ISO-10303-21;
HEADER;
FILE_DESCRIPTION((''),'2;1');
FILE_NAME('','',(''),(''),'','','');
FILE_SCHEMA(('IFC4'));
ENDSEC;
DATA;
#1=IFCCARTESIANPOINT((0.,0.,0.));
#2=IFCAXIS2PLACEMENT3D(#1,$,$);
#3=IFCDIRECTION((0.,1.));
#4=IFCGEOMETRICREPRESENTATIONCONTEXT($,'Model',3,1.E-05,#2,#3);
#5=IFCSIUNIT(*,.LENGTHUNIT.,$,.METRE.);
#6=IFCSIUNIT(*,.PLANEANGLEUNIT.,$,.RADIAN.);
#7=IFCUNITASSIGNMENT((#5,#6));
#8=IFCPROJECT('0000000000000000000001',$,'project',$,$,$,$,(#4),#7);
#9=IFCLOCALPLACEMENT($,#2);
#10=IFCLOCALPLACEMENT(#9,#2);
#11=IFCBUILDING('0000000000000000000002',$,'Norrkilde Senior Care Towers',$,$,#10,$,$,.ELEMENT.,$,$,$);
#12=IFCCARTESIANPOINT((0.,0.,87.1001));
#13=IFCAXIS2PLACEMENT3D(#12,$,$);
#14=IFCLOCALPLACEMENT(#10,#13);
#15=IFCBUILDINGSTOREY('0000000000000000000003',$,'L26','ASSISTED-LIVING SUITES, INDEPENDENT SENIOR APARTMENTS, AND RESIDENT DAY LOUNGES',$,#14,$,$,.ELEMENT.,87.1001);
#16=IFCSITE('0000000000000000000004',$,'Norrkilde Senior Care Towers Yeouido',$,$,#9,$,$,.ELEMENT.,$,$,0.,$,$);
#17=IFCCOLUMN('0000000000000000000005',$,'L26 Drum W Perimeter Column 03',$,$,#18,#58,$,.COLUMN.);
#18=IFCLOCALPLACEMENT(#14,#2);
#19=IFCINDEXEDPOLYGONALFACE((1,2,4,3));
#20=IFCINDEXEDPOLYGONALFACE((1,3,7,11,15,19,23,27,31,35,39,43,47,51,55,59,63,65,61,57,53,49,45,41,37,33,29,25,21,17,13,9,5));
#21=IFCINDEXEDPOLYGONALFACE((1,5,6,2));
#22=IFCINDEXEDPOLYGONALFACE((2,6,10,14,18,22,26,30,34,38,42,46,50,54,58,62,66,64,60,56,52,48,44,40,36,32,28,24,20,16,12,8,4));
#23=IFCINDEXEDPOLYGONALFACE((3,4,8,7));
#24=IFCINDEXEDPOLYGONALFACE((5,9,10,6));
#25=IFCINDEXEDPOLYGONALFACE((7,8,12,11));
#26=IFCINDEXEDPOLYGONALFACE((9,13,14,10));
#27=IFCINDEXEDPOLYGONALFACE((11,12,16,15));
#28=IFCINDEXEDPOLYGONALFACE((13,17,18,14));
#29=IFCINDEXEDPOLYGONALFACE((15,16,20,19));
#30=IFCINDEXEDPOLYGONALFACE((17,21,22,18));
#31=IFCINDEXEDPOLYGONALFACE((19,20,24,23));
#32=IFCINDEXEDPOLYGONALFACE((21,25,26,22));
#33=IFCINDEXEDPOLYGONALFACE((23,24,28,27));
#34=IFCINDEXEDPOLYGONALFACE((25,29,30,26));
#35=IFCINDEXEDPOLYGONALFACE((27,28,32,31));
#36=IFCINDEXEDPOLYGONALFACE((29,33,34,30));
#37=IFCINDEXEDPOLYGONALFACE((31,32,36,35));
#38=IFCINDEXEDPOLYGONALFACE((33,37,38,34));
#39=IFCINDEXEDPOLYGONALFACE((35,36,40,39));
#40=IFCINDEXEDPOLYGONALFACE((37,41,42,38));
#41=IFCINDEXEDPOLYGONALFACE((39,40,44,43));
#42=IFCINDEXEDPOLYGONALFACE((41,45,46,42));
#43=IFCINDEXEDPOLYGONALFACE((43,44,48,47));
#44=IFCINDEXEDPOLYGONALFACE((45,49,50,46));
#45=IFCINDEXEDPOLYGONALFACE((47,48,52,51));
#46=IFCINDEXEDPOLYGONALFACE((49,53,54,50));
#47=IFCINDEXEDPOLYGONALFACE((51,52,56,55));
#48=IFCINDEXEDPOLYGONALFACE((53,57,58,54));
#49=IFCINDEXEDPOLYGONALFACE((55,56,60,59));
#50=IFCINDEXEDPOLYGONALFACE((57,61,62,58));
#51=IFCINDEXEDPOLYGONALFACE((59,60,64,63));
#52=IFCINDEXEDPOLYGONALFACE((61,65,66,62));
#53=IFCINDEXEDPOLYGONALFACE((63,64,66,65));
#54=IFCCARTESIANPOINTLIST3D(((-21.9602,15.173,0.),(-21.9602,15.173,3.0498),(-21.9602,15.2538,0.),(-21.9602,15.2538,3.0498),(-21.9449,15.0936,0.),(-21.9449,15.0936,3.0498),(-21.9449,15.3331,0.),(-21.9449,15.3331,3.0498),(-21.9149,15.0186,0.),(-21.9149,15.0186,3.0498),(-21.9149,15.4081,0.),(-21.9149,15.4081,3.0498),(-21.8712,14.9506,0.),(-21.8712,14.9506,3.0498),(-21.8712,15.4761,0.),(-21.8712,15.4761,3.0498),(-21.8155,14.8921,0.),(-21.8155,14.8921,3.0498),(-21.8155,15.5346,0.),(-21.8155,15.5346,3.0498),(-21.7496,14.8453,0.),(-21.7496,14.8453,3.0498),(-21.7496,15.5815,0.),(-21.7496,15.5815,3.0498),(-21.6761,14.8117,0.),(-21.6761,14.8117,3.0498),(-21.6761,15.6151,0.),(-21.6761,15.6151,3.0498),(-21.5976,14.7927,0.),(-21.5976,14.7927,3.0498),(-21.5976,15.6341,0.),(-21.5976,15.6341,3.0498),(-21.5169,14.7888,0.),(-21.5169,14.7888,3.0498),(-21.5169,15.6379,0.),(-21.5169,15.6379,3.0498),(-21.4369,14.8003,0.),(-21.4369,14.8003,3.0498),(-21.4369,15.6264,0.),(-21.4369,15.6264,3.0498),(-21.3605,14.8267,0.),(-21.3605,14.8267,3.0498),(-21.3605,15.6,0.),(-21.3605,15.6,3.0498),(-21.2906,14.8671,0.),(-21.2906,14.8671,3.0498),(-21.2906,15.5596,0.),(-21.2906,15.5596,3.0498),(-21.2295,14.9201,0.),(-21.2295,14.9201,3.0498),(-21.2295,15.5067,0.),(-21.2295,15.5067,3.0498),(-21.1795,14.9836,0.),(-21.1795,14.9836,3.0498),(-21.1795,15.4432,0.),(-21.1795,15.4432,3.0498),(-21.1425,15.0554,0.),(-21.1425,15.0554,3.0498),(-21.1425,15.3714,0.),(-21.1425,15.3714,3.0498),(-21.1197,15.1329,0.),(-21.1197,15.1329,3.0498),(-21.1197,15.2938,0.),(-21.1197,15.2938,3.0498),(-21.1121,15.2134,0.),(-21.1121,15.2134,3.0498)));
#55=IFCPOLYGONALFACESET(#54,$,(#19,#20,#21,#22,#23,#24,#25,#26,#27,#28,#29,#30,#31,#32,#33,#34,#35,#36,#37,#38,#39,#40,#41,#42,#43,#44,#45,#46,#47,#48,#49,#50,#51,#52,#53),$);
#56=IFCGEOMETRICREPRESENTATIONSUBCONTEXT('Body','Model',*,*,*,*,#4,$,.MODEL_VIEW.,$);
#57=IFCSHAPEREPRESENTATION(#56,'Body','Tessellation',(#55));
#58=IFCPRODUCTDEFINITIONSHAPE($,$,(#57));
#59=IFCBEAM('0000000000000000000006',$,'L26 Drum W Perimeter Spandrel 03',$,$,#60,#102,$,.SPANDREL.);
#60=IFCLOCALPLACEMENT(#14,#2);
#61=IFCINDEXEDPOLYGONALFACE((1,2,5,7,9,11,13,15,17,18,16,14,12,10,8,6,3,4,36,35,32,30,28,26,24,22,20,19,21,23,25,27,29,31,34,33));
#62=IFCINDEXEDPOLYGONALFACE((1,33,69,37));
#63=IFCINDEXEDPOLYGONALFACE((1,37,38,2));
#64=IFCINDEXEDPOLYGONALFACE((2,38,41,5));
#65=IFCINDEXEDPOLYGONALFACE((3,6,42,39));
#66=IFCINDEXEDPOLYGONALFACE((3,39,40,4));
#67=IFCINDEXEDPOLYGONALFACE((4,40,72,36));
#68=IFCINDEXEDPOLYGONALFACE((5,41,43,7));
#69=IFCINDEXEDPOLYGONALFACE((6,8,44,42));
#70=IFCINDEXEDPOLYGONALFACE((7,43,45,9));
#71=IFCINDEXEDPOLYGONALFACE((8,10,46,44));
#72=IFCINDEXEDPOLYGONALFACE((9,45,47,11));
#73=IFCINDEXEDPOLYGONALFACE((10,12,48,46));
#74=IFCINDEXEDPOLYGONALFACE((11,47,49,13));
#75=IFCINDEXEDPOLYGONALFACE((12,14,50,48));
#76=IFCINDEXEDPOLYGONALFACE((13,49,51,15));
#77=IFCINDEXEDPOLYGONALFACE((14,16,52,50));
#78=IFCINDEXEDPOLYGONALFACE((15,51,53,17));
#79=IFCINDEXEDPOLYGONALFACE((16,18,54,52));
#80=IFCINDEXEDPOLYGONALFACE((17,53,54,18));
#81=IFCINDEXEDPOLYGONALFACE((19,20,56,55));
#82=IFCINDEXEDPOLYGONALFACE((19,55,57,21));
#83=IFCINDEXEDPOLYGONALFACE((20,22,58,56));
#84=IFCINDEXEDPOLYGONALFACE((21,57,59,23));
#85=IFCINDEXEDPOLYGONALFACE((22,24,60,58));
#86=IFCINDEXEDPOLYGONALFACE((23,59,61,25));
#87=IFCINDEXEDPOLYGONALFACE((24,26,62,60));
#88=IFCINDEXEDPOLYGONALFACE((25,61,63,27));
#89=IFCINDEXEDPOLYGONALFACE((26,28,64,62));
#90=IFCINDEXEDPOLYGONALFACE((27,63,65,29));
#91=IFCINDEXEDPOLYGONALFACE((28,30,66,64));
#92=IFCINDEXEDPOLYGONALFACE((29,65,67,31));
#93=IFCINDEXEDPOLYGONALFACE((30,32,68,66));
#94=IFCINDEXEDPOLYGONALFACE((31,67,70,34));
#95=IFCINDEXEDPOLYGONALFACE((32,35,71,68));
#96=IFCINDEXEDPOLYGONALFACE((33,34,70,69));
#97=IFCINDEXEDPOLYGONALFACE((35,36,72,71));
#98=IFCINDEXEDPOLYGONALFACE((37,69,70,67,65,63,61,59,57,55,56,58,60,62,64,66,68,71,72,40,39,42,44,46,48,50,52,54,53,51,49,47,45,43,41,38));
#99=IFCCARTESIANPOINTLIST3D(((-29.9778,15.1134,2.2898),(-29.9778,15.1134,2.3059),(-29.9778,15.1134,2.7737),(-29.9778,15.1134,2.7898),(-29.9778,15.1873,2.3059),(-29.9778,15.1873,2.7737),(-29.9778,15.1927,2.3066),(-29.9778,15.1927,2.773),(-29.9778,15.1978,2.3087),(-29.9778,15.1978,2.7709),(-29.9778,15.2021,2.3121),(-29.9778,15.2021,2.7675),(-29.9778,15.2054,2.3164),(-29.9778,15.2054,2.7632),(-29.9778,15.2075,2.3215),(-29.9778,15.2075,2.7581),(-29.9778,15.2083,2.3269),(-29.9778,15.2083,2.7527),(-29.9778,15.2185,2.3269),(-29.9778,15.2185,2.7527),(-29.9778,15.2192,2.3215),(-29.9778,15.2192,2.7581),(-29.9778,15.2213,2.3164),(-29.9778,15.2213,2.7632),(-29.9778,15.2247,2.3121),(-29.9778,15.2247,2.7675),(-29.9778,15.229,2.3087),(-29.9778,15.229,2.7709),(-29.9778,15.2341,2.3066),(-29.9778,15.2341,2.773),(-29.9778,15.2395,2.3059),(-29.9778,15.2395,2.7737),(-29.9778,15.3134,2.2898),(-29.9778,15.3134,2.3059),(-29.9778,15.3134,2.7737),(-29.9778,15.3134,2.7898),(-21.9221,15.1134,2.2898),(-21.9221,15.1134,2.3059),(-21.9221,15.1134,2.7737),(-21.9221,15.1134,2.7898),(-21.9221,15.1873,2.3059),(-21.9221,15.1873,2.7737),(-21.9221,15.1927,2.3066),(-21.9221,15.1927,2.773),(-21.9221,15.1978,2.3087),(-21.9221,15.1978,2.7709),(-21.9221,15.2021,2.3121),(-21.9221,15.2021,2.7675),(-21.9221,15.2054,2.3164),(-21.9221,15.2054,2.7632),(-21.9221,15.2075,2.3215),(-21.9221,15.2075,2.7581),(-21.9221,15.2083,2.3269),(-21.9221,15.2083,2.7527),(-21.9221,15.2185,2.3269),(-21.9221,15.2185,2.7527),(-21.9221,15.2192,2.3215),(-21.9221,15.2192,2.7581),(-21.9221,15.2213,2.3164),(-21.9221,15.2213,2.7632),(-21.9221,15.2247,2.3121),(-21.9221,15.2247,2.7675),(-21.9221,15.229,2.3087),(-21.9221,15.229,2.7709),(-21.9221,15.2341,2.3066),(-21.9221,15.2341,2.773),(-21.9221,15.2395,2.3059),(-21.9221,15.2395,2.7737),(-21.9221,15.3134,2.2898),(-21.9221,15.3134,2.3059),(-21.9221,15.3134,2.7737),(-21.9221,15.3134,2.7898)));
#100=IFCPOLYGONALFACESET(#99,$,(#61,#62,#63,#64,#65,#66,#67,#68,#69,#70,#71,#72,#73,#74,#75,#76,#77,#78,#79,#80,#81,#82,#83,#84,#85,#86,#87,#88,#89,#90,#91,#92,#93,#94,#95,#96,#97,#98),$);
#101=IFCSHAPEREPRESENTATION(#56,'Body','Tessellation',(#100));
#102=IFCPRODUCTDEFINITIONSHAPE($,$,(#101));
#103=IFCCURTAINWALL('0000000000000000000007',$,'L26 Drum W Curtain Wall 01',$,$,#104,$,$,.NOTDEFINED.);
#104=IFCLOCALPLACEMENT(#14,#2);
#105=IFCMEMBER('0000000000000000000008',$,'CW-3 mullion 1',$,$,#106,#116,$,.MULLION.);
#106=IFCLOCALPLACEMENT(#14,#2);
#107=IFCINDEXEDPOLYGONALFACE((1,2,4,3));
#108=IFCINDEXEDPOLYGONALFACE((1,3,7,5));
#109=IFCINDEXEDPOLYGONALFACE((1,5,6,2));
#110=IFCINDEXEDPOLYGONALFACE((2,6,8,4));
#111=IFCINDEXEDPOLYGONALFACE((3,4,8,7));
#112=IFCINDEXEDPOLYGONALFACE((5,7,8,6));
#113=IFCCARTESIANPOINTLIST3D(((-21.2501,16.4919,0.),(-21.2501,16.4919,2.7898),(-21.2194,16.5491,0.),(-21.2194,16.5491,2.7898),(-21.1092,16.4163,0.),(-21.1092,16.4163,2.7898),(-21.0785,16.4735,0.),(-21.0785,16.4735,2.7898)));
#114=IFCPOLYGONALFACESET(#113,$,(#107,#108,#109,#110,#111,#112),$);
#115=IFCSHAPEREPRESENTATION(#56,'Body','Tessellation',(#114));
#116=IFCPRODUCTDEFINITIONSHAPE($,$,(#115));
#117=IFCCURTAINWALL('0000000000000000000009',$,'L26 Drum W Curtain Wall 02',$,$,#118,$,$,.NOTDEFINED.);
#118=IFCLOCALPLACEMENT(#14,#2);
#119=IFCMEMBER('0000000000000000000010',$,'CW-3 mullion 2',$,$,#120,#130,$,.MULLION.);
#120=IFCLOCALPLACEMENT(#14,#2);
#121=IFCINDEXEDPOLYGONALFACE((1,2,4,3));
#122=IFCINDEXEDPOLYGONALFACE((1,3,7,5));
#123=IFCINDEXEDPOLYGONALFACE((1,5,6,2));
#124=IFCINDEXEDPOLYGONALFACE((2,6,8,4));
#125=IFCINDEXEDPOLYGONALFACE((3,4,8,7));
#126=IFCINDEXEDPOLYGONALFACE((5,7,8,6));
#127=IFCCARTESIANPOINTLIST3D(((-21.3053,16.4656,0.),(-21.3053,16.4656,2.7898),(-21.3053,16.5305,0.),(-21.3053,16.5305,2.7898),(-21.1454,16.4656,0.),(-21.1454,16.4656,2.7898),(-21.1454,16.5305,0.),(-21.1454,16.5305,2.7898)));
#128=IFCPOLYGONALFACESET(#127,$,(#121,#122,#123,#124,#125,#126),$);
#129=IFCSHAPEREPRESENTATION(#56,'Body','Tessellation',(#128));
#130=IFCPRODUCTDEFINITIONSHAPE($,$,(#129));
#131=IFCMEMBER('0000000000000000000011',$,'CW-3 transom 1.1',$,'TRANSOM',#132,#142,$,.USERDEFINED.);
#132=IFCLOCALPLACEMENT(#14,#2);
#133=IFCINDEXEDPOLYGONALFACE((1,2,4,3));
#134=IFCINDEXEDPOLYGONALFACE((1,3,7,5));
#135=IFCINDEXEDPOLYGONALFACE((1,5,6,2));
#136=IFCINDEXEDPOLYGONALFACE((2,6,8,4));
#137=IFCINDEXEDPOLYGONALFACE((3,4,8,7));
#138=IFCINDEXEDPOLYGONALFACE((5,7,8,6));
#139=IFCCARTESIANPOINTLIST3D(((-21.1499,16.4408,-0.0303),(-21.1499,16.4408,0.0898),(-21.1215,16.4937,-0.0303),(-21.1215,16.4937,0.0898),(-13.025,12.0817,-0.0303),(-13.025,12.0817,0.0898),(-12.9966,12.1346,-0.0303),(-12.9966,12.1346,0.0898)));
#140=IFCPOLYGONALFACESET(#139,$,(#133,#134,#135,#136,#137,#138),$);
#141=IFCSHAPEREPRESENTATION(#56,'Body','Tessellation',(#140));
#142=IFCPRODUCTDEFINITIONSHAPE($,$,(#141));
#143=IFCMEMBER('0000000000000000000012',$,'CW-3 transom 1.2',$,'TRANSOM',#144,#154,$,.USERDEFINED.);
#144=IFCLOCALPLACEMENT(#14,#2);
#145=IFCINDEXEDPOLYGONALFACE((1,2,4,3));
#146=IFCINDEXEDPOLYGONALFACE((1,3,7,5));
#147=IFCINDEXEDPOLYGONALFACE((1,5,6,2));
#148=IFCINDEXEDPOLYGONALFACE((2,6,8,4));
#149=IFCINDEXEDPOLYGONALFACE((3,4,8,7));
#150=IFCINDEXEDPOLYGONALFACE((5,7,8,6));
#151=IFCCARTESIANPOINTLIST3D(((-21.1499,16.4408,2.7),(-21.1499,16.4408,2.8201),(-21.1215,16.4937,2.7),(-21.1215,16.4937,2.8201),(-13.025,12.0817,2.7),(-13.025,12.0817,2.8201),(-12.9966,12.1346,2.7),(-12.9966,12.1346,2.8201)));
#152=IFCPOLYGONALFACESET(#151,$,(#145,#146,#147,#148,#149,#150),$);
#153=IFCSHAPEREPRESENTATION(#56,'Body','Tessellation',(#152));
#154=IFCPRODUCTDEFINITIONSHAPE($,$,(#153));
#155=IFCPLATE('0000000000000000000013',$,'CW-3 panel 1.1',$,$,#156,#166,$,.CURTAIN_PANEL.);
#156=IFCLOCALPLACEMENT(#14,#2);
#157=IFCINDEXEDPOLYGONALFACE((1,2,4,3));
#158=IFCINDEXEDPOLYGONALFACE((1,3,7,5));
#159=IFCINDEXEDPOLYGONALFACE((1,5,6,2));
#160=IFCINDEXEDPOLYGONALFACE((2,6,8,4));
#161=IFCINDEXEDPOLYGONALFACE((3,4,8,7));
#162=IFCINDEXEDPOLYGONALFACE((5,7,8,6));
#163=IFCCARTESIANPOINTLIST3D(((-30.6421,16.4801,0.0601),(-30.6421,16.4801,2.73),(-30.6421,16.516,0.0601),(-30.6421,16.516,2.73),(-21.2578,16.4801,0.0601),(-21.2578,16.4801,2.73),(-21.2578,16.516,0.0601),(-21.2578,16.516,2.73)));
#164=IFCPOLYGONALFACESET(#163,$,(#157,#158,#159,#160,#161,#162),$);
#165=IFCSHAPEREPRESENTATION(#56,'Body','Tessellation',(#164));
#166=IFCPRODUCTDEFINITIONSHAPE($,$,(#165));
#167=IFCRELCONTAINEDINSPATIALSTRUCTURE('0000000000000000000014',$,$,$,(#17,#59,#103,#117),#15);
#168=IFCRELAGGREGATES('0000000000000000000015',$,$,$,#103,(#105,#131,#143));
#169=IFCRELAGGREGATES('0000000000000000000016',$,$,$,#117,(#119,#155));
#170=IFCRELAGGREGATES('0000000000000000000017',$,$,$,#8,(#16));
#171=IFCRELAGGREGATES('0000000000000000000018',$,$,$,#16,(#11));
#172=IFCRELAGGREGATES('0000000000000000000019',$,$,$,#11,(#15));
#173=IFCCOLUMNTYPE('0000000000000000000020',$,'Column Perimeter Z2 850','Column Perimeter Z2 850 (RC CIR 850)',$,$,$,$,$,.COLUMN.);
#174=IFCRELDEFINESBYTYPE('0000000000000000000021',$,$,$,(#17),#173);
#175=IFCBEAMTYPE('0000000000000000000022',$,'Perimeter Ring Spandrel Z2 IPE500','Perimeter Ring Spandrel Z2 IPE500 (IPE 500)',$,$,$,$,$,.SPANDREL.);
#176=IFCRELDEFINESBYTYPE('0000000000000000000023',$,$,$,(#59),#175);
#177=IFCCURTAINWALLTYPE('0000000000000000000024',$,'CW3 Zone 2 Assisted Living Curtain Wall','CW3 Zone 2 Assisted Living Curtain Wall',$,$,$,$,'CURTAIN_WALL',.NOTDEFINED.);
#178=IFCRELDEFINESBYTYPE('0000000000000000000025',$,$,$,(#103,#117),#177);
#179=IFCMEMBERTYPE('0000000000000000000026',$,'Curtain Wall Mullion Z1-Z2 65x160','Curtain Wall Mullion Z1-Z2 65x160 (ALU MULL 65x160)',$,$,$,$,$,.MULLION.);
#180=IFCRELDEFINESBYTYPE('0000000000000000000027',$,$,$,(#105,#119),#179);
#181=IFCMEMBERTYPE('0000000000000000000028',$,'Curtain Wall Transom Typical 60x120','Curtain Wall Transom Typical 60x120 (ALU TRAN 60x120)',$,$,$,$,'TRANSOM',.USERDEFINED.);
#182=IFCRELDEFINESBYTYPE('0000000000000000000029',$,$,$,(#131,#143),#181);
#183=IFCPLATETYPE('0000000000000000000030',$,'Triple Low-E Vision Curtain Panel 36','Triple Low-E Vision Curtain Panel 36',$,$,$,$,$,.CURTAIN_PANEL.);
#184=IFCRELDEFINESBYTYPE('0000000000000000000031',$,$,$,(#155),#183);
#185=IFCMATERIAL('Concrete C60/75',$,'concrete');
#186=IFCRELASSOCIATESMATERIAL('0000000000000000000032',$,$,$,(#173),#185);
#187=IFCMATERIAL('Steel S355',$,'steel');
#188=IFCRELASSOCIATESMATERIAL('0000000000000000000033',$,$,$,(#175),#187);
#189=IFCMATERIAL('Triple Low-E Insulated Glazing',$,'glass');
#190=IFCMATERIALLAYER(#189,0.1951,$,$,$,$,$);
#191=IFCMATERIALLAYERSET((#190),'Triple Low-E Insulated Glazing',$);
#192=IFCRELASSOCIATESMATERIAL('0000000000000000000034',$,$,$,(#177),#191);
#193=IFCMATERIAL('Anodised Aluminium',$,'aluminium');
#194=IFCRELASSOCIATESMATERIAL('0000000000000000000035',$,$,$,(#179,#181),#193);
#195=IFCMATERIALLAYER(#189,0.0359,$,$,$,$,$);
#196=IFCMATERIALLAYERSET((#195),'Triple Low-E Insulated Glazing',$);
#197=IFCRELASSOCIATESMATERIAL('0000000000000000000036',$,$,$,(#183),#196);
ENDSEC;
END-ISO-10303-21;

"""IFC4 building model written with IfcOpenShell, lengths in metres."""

from ifc_helpers import new_model, si_unit, direction, frame, origin, origin_2d, place, context, subcontext, project, spatial, rectangle, circle, i_section, extrude, source, transform, mapped, material, layer, layer_set, material_profile, profile_set, type_object, type_shapes, element, aggregate, save


model = new_model("IFC4")

# Units and contexts
model_context = context("Model", 3, precision=1e-05, world=origin(), true_north=direction((0.0, 1.0)))
body_context = subcontext(model_context, "Body", "Model", "MODEL_VIEW")
ifc_project = project(units=[si_unit("LENGTHUNIT", "METRE"), si_unit("PLANEANGLEUNIT", "RADIAN")], contexts=[model_context])

# Site, building, storey
site_placement = place(None, origin())
site = spatial("IfcSite", under=ifc_project, at=site_placement, Name="Norrkilde Senior Care Towers Yeouido", CompositionType="ELEMENT", RefElevation=0.0)
building_placement = place(site_placement, origin())
building = spatial("IfcBuilding", under=site, at=building_placement, Name="Norrkilde Senior Care Towers", CompositionType="ELEMENT")
storey_placement = place(building_placement, frame((0.0, 0.0, 87.1001)))
storey = spatial("IfcBuildingStorey", under=building, at=storey_placement, Name="L26", Description="ASSISTED-LIVING SUITES, INDEPENDENT SENIOR APARTMENTS, AND RESIDENT DAY LOUNGES", CompositionType="ELEMENT", Elevation=87.1001)

# Column
ifc_material_1 = material(Name="Concrete C60/75", Category="concrete")
ifc_material_profile_1 = material_profile(ifc_material_1, circle(Radius=0.425, at=origin_2d()), Name="RC CIR 850")
ifc_profile_set_1 = profile_set([ifc_material_profile_1], Name="Concrete C60/75")
column_type = type_object("IfcColumnType", Name="Column Perimeter Z2 850", Description="Column Perimeter Z2 850 (RC CIR 850)", PredefinedType="COLUMN", material=ifc_profile_set_1)
shared_shape_1 = source(origin(), body_context, "Body", "SweptSolid", [
    extrude(circle(Radius=0.425, at=origin_2d()), origin(), (0.0, 0.0, 1.0), 3.0498),
])
type_shapes(column_type, [shared_shape_1])
column_placement = place(storey_placement, frame((-21.5371, 15.2134, 0.0), z_axis=(0.0, 0.0, 1.0), x_axis=(1.0, 0.0, 0.0)))
element("IfcColumn", 1, at=column_placement, inside=storey, type_object=column_type, Name="L26 Drum W Perimeter Column 03", PredefinedType="COLUMN", context=body_context, shape_type="MappedRepresentation", body=[
    mapped(shared_shape_1, transform((0.0, 0.0, 0.0), x_axis=(1.0, 0.0, 0.0), y_axis=(0.0, 1.0, 0.0), z_axis=(0.0, 0.0, 1.0), scale=1.0)),
])

# Beam
ifc_material_2 = material(Name="Steel S355", Category="steel")
ifc_material_profile_2 = material_profile(ifc_material_2, i_section(OverallWidth=0.2, OverallDepth=0.5, WebThickness=0.0103, FlangeThickness=0.0161, FilletRadius=0.021, at=origin_2d()), Name="IPE 500")
ifc_profile_set_2 = profile_set([ifc_material_profile_2], Name="Steel S355")
beam_type = type_object("IfcBeamType", Name="Perimeter Ring Spandrel Z2 IPE500", Description="Perimeter Ring Spandrel Z2 IPE500 (IPE 500)", PredefinedType="SPANDREL", material=ifc_profile_set_2)
shared_shape_2 = source(origin(), body_context, "Body", "SweptSolid", [
    extrude(i_section(OverallWidth=0.2, OverallDepth=0.5, WebThickness=0.0103, FlangeThickness=0.0161, FilletRadius=0.021, at=origin_2d()), origin(), (0.0, 0.0, 1.0), 8.0557),
])
type_shapes(beam_type, [shared_shape_2])
beam_placement = place(storey_placement, frame((-21.9221, 15.2134, 2.5398), z_axis=(-1.0, 0.0, 0.0), x_axis=(0.0, -1.0, 0.0)))
element("IfcBeam", 2, at=beam_placement, inside=storey, type_object=beam_type, Name="L26 Drum W Perimeter Spandrel 03", PredefinedType="SPANDREL", context=body_context, shape_type="MappedRepresentation", body=[
    mapped(shared_shape_2, transform((0.0, 0.0, 0.0), x_axis=(1.0, 0.0, 0.0), y_axis=(0.0, 1.0, 0.0), z_axis=(0.0, 0.0, 1.0), scale=1.0)),
])

# Curtain walls, members
ifc_material_3 = material(Name="Triple Low-E Insulated Glazing", Category="glass")
ifc_layer_1 = layer(ifc_material_3, 0.1951)
ifc_layer_set_1 = layer_set([ifc_layer_1], Name="Triple Low-E Insulated Glazing")
curtain_wall_type = type_object("IfcCurtainWallType", Name="CW3 Zone 2 Assisted Living Curtain Wall", Description="CW3 Zone 2 Assisted Living Curtain Wall", ElementType="CURTAIN_WALL", PredefinedType="NOTDEFINED", material=ifc_layer_set_1)
curtain_wall_1_placement = place(storey_placement, origin())
curtain_wall_1 = element("IfcCurtainWall", 3, at=curtain_wall_1_placement, inside=storey, type_object=curtain_wall_type, Name="L26 Drum W Curtain Wall 01", PredefinedType="NOTDEFINED")
ifc_material_4 = material(Name="Anodised Aluminium", Category="aluminium")
ifc_material_profile_3 = material_profile(ifc_material_4, rectangle(XDim=0.0649, YDim=0.1599, at=origin_2d()), Name="ALU MULL 65x160")
ifc_profile_set_3 = profile_set([ifc_material_profile_3], Name="Anodised Aluminium")
member_type_1 = type_object("IfcMemberType", Name="Curtain Wall Mullion Z1-Z2 65x160", Description="Curtain Wall Mullion Z1-Z2 65x160 (ALU MULL 65x160)", PredefinedType="MULLION", material=ifc_profile_set_3)
shared_shape_3 = source(origin(), body_context, "Body", "SweptSolid", [
    extrude(rectangle(XDim=0.0649, YDim=0.1599, at=origin_2d()), origin(), (0.0, 0.0, 1.0), 2.7898),
])
type_shapes(member_type_1, [shared_shape_3])
member_1_placement = place(storey_placement, frame((-21.1643, 16.4827, 0.0), z_axis=(0.0, 0.0, 1.0), x_axis=(0.472769, 0.881186, 0.0)))
member_1 = element("IfcMember", 4, at=member_1_placement, type_object=member_type_1, Name="CW-3 mullion 1", PredefinedType="MULLION", context=body_context, shape_type="MappedRepresentation", body=[
    mapped(shared_shape_3, transform((0.0, 0.0, 0.0), x_axis=(1.0, 0.0, 0.0), y_axis=(0.0, 1.0, 0.0), z_axis=(0.0, 0.0, 1.0), scale=1.0)),
])
curtain_wall_2_placement = place(storey_placement, origin())
curtain_wall_2 = element("IfcCurtainWall", 5, at=curtain_wall_2_placement, inside=storey, type_object=curtain_wall_type, Name="L26 Drum W Curtain Wall 02", PredefinedType="NOTDEFINED")
member_2_placement = place(storey_placement, frame((-21.2253, 16.498, 0.0), z_axis=(0.0, 0.0, 1.0), x_axis=(0.0, 1.0, 0.0)))
member_2 = element("IfcMember", 6, at=member_2_placement, type_object=member_type_1, Name="CW-3 mullion 2", PredefinedType="MULLION", context=body_context, shape_type="MappedRepresentation", body=[
    mapped(shared_shape_3, transform((0.0, 0.0, 0.0), x_axis=(1.0, 0.0, 0.0), y_axis=(0.0, 1.0, 0.0), z_axis=(0.0, 0.0, 1.0), scale=1.0)),
])

# Members
ifc_material_profile_4 = material_profile(ifc_material_4, rectangle(XDim=0.0601, YDim=0.1201, at=origin_2d()), Name="ALU TRAN 60x120")
ifc_profile_set_4 = profile_set([ifc_material_profile_4], Name="Anodised Aluminium")
member_type_2 = type_object("IfcMemberType", Name="Curtain Wall Transom Typical 60x120", Description="Curtain Wall Transom Typical 60x120 (ALU TRAN 60x120)", ElementType="TRANSOM", PredefinedType="USERDEFINED", material=ifc_profile_set_4)
shared_shape_4 = source(origin(), body_context, "Body", "SweptSolid", [
    extrude(rectangle(XDim=0.0601, YDim=0.1201, at=origin_2d()), origin(), (0.0, 0.0, 1.0), 9.2205),
])
type_shapes(member_type_2, [shared_shape_4])
member_3_placement = place(storey_placement, frame((-21.1357, 16.4673, 0.0298), z_axis=(0.881189, -0.472765, 0.0), x_axis=(0.472765, 0.881189, 0.0)))
member_3 = element("IfcMember", 7, at=member_3_placement, type_object=member_type_2, Name="CW-3 transom 1.1", ObjectType="TRANSOM", PredefinedType="USERDEFINED", context=body_context, shape_type="MappedRepresentation", body=[
    mapped(shared_shape_4, transform((0.0, 0.0, 0.0), x_axis=(1.0, 0.0, 0.0), y_axis=(0.0, 1.0, 0.0), z_axis=(0.0, 0.0, 1.0), scale=1.0)),
])
member_4_placement = place(storey_placement, frame((-21.1357, 16.4673, 2.76), z_axis=(0.881189, -0.472765, 0.0), x_axis=(0.472765, 0.881189, 0.0)))
member_4 = element("IfcMember", 8, at=member_4_placement, type_object=member_type_2, Name="CW-3 transom 1.2", ObjectType="TRANSOM", PredefinedType="USERDEFINED", context=body_context, shape_type="MappedRepresentation", body=[
    mapped(shared_shape_4, transform((0.0, 0.0, 0.0), x_axis=(1.0, 0.0, 0.0), y_axis=(0.0, 1.0, 0.0), z_axis=(0.0, 0.0, 1.0), scale=1.0)),
])
aggregate(curtain_wall_1, [member_1, member_3, member_4])

# Plate
ifc_layer_2 = layer(ifc_material_3, 0.0359)
ifc_layer_set_2 = layer_set([ifc_layer_2], Name="Triple Low-E Insulated Glazing")
plate_type = type_object("IfcPlateType", Name="Triple Low-E Vision Curtain Panel 36", Description="Triple Low-E Vision Curtain Panel 36", PredefinedType="CURTAIN_PANEL", material=ifc_layer_set_2)
shared_shape_5 = source(origin(), body_context, "Body", "SweptSolid", [
    extrude(rectangle(XDim=9.3843, YDim=0.0359, at=origin_2d()), origin(), (0.0, 0.0, 1.0), 2.6699),
])
type_shapes(plate_type, [shared_shape_5])
plate_placement = place(storey_placement, frame((-25.95, 16.498, 0.0601), z_axis=(0.0, 0.0, 1.0), x_axis=(1.0, 0.0, 0.0)))
plate = element("IfcPlate", 9, at=plate_placement, type_object=plate_type, Name="CW-3 panel 1.1", PredefinedType="CURTAIN_PANEL", context=body_context, shape_type="MappedRepresentation", body=[
    mapped(shared_shape_5, transform((0.0, 0.0, 0.0), x_axis=(1.0, 0.0, 0.0), y_axis=(0.0, 1.0, 0.0), z_axis=(0.0, 0.0, 1.0), scale=1.0)),
])
aggregate(curtain_wall_2, [member_2, plate])

save(model, "model.ifc")
